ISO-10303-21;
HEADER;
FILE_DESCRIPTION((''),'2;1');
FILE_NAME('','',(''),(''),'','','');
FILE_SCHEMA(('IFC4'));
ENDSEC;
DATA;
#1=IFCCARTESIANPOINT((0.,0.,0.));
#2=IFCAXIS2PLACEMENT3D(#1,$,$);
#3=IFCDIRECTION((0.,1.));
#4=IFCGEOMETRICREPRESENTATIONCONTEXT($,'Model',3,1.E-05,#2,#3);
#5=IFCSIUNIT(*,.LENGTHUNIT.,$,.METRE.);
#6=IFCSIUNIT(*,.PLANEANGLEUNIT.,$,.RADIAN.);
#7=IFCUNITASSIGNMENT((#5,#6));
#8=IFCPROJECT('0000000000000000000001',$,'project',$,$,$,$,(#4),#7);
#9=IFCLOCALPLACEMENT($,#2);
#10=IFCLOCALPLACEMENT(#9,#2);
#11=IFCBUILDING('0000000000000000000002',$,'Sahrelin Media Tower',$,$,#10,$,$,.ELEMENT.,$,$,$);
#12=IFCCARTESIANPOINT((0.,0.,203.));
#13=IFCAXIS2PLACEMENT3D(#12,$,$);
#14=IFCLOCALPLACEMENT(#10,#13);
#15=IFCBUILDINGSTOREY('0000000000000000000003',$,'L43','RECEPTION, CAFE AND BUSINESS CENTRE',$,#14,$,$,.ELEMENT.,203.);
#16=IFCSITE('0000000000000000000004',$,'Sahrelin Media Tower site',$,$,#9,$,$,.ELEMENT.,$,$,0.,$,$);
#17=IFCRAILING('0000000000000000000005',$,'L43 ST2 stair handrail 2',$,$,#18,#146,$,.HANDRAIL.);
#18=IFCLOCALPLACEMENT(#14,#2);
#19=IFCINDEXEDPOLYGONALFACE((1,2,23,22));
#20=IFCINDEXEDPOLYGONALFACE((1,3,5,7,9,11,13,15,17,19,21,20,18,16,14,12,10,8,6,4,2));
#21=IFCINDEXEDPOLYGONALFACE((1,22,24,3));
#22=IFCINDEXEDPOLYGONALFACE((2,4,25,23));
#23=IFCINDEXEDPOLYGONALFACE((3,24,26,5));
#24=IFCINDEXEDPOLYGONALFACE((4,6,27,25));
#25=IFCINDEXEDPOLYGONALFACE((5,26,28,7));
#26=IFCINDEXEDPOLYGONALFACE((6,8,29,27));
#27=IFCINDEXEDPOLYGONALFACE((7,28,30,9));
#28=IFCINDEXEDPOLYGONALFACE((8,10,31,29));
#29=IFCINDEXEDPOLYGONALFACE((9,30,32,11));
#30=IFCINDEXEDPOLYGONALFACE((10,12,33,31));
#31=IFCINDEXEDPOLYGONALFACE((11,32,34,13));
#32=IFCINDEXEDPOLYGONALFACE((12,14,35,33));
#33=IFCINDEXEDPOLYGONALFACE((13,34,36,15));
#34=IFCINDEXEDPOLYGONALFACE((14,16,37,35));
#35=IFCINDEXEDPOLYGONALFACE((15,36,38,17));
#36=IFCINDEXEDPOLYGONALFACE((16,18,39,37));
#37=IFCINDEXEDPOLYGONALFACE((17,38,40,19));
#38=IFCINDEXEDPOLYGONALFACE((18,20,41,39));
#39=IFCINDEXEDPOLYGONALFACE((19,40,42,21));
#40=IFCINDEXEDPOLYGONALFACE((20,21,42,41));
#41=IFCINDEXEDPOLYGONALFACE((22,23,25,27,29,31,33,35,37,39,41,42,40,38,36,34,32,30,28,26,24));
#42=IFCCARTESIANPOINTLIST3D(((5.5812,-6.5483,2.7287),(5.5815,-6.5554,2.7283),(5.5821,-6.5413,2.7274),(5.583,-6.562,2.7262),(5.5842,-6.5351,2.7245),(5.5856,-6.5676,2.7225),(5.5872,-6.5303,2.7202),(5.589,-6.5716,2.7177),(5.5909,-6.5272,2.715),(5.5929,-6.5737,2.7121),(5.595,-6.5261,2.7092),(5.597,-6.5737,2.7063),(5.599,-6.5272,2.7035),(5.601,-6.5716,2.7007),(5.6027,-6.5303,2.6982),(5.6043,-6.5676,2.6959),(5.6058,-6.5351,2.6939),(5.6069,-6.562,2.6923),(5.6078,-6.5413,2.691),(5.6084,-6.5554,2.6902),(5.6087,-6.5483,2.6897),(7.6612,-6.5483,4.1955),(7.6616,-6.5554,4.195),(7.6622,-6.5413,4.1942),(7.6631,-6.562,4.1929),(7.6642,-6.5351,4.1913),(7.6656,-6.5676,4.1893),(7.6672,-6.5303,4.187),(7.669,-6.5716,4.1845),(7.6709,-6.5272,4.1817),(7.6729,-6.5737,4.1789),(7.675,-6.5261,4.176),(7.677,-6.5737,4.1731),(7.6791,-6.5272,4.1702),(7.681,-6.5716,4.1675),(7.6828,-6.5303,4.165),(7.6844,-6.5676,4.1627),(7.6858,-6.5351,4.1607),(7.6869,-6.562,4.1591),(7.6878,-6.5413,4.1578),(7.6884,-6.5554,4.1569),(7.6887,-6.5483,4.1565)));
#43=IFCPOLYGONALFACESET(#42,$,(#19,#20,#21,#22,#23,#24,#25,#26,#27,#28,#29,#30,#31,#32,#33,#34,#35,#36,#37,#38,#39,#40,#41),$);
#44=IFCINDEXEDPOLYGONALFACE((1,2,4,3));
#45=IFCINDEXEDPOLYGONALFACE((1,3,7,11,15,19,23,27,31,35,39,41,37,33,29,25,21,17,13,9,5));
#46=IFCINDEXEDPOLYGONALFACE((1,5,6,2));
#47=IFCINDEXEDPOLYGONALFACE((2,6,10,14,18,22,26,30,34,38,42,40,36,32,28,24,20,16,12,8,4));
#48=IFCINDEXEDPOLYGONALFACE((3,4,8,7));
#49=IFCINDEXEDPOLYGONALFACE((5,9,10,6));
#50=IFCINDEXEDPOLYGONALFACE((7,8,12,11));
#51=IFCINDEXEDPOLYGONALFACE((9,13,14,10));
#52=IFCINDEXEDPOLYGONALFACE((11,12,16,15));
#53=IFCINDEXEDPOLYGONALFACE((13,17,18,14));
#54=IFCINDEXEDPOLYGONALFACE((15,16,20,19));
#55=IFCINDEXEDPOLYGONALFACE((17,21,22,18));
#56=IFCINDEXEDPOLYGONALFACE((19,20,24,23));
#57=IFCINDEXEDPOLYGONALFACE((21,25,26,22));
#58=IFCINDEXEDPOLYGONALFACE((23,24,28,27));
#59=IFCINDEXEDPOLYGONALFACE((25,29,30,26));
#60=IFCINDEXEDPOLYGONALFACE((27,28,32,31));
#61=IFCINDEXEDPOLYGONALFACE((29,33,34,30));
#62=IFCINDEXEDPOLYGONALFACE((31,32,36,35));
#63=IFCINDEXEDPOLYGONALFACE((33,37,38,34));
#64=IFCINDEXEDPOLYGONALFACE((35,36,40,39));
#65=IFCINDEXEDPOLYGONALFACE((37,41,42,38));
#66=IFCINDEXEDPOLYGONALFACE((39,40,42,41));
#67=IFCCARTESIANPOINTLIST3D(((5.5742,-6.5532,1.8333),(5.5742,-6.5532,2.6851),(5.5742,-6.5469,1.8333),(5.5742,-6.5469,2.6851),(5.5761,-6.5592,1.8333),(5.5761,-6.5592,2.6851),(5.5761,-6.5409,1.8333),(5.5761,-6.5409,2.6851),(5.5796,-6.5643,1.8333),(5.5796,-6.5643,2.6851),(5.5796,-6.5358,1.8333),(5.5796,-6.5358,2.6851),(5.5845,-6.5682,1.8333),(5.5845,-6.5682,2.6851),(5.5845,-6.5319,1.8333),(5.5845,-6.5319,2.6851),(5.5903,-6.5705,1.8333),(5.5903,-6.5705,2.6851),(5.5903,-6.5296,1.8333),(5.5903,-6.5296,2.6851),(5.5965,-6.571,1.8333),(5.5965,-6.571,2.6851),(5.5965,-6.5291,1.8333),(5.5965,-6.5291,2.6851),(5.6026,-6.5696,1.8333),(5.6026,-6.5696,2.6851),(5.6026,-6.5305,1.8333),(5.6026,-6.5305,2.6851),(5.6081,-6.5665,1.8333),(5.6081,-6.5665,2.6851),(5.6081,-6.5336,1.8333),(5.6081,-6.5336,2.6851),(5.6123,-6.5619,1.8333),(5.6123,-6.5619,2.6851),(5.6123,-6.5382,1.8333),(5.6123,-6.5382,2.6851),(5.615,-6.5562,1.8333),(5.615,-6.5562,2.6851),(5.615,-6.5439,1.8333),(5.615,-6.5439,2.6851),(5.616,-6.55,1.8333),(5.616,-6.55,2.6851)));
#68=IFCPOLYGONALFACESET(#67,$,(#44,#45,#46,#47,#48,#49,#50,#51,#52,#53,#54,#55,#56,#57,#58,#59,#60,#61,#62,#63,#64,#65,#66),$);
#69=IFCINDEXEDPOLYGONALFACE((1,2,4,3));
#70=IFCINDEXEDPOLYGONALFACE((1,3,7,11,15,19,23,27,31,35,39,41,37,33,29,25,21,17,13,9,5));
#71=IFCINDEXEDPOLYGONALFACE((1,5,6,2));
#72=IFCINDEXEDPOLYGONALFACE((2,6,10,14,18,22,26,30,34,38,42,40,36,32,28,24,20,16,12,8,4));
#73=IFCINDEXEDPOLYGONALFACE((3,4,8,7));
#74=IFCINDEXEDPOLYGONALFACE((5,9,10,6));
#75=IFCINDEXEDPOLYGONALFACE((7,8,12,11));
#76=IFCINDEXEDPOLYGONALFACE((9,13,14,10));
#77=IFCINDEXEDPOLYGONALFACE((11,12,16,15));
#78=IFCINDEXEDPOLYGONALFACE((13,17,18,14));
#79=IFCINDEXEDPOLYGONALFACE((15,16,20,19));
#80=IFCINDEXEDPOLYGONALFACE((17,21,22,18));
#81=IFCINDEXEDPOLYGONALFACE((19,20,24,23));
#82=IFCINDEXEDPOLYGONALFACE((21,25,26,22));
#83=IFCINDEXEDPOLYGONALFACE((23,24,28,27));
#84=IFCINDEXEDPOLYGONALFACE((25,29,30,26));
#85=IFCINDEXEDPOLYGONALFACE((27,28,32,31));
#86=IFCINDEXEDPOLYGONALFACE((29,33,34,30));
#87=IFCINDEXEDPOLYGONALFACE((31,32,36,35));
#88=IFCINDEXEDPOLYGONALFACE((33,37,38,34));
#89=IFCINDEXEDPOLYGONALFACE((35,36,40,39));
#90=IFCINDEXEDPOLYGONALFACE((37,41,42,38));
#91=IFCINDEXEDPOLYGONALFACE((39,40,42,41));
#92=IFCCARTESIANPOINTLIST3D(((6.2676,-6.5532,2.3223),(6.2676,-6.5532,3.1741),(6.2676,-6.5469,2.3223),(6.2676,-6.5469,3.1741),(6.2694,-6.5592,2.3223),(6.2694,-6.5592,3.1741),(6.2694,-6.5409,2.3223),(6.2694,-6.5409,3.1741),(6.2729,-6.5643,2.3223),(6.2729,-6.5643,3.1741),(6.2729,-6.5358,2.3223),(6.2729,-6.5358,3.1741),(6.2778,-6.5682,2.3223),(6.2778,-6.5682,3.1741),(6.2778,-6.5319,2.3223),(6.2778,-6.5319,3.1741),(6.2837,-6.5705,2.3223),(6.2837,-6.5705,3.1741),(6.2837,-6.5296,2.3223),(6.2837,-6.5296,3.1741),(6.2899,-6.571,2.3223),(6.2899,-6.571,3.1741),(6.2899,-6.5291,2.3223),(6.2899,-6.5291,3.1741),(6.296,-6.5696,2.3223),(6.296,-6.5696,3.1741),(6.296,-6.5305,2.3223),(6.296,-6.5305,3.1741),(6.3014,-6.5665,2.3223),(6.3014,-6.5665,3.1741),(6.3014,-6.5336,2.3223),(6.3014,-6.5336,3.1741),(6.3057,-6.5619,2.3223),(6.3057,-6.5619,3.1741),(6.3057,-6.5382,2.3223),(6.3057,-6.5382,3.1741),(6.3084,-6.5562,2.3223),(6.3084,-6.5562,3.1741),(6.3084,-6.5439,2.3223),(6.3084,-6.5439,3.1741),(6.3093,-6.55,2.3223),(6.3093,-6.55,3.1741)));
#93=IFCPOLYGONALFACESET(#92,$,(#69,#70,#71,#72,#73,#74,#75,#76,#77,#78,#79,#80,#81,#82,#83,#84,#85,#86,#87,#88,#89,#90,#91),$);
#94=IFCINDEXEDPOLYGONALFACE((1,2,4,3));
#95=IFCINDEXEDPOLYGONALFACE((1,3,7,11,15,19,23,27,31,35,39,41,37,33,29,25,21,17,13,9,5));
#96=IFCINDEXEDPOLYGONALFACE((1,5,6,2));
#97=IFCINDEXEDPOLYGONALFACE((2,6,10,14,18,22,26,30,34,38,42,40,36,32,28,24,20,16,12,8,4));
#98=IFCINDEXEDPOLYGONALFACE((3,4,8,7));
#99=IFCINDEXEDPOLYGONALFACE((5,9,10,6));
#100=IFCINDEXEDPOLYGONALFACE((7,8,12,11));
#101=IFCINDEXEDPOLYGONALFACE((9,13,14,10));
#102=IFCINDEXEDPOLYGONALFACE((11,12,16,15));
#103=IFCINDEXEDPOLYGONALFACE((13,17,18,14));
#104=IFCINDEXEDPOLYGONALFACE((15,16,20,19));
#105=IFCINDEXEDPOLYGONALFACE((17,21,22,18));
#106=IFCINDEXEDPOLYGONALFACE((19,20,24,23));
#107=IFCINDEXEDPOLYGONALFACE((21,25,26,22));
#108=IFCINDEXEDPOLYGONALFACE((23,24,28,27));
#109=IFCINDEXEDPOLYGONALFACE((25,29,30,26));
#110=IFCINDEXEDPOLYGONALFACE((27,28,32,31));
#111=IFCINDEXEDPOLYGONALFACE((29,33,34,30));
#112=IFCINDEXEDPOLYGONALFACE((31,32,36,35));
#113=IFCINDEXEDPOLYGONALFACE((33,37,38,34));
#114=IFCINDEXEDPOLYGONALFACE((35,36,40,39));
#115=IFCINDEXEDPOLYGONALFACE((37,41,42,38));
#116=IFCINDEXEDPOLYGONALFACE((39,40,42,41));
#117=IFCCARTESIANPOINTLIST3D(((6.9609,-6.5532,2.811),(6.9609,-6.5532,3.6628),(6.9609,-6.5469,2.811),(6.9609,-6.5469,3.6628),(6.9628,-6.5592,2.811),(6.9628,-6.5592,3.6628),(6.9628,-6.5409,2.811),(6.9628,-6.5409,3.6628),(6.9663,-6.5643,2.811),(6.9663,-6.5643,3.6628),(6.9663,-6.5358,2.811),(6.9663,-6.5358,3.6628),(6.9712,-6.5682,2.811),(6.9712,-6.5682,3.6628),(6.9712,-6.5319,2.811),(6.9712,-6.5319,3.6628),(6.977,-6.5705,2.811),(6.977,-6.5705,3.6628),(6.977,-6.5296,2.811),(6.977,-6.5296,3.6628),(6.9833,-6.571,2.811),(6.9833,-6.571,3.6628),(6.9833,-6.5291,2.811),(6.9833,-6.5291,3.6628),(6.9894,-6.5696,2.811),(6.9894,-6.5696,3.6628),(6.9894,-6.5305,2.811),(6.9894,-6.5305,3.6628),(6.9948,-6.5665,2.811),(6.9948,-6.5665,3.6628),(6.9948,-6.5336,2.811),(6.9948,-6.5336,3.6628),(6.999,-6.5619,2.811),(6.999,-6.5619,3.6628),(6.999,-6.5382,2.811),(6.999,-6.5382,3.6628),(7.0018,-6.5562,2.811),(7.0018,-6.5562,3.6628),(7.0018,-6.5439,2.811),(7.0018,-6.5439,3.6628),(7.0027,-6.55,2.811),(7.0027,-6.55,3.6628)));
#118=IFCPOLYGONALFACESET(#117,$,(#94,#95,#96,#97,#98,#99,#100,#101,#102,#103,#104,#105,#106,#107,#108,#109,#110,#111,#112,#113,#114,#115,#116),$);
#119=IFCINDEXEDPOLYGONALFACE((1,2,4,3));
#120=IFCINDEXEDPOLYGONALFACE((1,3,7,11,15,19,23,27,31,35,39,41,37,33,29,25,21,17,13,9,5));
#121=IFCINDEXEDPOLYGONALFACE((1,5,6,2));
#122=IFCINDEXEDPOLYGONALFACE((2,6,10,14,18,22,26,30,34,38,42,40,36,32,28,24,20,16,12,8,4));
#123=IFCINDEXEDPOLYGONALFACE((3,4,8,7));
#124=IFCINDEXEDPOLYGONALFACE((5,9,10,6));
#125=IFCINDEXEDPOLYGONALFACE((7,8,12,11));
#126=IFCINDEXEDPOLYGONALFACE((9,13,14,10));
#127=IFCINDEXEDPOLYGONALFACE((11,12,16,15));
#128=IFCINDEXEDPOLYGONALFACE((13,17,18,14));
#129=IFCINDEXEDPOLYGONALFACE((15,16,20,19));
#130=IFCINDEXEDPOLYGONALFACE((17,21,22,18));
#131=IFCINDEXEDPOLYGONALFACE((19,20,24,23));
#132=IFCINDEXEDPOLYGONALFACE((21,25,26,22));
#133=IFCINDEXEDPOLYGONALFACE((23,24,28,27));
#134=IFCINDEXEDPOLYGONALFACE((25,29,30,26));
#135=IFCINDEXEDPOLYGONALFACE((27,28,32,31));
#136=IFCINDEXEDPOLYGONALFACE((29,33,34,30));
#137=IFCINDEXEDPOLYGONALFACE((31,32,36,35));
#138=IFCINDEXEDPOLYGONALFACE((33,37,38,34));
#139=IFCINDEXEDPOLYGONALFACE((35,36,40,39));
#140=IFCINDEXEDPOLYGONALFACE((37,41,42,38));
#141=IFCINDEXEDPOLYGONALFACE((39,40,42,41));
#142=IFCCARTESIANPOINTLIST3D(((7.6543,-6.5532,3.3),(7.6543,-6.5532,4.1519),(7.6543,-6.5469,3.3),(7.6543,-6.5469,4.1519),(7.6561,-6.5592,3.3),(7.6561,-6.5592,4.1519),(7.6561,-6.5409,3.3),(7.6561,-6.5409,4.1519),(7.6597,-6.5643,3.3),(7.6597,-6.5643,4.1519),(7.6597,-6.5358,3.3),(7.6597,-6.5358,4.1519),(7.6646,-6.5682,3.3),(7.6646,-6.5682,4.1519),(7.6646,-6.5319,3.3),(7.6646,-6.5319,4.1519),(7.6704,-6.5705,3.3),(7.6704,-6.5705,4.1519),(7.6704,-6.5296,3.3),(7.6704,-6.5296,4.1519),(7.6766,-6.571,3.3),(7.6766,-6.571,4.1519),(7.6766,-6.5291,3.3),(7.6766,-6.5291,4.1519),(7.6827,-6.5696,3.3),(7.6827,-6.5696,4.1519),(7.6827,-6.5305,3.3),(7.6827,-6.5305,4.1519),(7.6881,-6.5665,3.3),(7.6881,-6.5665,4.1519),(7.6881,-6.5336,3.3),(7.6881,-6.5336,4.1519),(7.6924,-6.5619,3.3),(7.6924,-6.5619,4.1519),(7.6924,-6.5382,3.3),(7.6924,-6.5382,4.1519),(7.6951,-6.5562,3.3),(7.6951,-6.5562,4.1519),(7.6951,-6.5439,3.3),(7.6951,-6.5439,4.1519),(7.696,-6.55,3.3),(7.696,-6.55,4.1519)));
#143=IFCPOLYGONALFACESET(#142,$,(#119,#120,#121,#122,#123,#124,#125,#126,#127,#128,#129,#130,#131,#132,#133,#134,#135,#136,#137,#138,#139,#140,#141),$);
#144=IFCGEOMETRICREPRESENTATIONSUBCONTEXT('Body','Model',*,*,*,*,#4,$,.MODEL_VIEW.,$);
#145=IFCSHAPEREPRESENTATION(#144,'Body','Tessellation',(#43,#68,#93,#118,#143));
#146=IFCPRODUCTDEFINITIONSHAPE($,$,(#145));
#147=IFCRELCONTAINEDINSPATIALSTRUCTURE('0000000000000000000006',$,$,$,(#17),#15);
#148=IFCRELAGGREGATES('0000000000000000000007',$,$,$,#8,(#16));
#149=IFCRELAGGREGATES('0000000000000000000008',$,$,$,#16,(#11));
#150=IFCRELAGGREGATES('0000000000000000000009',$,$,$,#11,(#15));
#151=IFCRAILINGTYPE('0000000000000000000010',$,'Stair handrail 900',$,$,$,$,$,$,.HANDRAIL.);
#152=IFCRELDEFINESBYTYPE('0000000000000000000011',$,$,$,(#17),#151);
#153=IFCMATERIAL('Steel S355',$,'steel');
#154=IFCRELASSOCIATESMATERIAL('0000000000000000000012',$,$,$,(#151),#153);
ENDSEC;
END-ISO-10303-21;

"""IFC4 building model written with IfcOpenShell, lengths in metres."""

from ifc_helpers import new_model, si_unit, direction, frame, origin, origin_2d, place, context, subcontext, project, spatial, circle, extrude, material, type_object, element, save


model = new_model("IFC4")

# Units and contexts
model_context = context("Model", 3, precision=1e-05, world=origin(), true_north=direction((0.0, 1.0)))
body_context = subcontext(model_context, "Body", "Model", "MODEL_VIEW")
ifc_project = project(units=[si_unit("LENGTHUNIT", "METRE"), si_unit("PLANEANGLEUNIT", "RADIAN")], contexts=[model_context])

# Site, building, storey
site_placement = place(None, origin())
site = spatial("IfcSite", under=ifc_project, at=site_placement, Name="Sahrelin Media Tower site", CompositionType="ELEMENT", RefElevation=0.0)
building_placement = place(site_placement, origin())
building = spatial("IfcBuilding", under=site, at=building_placement, Name="Sahrelin Media Tower", CompositionType="ELEMENT")
storey_placement = place(building_placement, frame((0.0, 0.0, 203.0)))
storey = spatial("IfcBuildingStorey", under=building, at=storey_placement, Name="L43", Description="RECEPTION, CAFE AND BUSINESS CENTRE", CompositionType="ELEMENT", Elevation=203.0)

# Shared definitions
ifc_material_1 = material(Name="Steel S355", Category="steel")

# Railing
railing_type_1 = type_object("IfcRailingType", Name="Stair handrail 900", PredefinedType="HANDRAIL", material=ifc_material_1)
for number, where, name in (
    (1, (5.595, -6.55, 1.8333), "L43 ST2 stair handrail 2"),
):
    element("IfcRailing", number, at=place(storey_placement, frame(where)), inside=storey, type_object=railing_type_1, Name=name, PredefinedType="HANDRAIL", context=body_context, shape_type="SweptSolid", body=[
        extrude(circle(Radius=0.0239, at=origin_2d()), frame((0.0, 0.0, 0.876), z_axis=(0.817244, 0.0, 0.576291), x_axis=(0.0, 1.0, 0.0)), (0.0, 0.0, 1.0), 2.5452),
        extrude(circle(Radius=0.021, at=origin_2d()), origin(), (0.0, 0.0, 1.0), 0.8518),
        extrude(circle(Radius=0.021, at=origin_2d()), frame((0.6934, 0.0, 0.489)), (0.0, 0.0, 1.0), 0.8518),
        extrude(circle(Radius=0.021, at=origin_2d()), frame((1.3867, 0.0, 0.9778)), (0.0, 0.0, 1.0), 0.8518),
        extrude(circle(Radius=0.021, at=origin_2d()), frame((2.0801, 0.0, 1.4668)), (0.0, 0.0, 1.0), 0.8518),
    ])

save(model, "model.ifc")
